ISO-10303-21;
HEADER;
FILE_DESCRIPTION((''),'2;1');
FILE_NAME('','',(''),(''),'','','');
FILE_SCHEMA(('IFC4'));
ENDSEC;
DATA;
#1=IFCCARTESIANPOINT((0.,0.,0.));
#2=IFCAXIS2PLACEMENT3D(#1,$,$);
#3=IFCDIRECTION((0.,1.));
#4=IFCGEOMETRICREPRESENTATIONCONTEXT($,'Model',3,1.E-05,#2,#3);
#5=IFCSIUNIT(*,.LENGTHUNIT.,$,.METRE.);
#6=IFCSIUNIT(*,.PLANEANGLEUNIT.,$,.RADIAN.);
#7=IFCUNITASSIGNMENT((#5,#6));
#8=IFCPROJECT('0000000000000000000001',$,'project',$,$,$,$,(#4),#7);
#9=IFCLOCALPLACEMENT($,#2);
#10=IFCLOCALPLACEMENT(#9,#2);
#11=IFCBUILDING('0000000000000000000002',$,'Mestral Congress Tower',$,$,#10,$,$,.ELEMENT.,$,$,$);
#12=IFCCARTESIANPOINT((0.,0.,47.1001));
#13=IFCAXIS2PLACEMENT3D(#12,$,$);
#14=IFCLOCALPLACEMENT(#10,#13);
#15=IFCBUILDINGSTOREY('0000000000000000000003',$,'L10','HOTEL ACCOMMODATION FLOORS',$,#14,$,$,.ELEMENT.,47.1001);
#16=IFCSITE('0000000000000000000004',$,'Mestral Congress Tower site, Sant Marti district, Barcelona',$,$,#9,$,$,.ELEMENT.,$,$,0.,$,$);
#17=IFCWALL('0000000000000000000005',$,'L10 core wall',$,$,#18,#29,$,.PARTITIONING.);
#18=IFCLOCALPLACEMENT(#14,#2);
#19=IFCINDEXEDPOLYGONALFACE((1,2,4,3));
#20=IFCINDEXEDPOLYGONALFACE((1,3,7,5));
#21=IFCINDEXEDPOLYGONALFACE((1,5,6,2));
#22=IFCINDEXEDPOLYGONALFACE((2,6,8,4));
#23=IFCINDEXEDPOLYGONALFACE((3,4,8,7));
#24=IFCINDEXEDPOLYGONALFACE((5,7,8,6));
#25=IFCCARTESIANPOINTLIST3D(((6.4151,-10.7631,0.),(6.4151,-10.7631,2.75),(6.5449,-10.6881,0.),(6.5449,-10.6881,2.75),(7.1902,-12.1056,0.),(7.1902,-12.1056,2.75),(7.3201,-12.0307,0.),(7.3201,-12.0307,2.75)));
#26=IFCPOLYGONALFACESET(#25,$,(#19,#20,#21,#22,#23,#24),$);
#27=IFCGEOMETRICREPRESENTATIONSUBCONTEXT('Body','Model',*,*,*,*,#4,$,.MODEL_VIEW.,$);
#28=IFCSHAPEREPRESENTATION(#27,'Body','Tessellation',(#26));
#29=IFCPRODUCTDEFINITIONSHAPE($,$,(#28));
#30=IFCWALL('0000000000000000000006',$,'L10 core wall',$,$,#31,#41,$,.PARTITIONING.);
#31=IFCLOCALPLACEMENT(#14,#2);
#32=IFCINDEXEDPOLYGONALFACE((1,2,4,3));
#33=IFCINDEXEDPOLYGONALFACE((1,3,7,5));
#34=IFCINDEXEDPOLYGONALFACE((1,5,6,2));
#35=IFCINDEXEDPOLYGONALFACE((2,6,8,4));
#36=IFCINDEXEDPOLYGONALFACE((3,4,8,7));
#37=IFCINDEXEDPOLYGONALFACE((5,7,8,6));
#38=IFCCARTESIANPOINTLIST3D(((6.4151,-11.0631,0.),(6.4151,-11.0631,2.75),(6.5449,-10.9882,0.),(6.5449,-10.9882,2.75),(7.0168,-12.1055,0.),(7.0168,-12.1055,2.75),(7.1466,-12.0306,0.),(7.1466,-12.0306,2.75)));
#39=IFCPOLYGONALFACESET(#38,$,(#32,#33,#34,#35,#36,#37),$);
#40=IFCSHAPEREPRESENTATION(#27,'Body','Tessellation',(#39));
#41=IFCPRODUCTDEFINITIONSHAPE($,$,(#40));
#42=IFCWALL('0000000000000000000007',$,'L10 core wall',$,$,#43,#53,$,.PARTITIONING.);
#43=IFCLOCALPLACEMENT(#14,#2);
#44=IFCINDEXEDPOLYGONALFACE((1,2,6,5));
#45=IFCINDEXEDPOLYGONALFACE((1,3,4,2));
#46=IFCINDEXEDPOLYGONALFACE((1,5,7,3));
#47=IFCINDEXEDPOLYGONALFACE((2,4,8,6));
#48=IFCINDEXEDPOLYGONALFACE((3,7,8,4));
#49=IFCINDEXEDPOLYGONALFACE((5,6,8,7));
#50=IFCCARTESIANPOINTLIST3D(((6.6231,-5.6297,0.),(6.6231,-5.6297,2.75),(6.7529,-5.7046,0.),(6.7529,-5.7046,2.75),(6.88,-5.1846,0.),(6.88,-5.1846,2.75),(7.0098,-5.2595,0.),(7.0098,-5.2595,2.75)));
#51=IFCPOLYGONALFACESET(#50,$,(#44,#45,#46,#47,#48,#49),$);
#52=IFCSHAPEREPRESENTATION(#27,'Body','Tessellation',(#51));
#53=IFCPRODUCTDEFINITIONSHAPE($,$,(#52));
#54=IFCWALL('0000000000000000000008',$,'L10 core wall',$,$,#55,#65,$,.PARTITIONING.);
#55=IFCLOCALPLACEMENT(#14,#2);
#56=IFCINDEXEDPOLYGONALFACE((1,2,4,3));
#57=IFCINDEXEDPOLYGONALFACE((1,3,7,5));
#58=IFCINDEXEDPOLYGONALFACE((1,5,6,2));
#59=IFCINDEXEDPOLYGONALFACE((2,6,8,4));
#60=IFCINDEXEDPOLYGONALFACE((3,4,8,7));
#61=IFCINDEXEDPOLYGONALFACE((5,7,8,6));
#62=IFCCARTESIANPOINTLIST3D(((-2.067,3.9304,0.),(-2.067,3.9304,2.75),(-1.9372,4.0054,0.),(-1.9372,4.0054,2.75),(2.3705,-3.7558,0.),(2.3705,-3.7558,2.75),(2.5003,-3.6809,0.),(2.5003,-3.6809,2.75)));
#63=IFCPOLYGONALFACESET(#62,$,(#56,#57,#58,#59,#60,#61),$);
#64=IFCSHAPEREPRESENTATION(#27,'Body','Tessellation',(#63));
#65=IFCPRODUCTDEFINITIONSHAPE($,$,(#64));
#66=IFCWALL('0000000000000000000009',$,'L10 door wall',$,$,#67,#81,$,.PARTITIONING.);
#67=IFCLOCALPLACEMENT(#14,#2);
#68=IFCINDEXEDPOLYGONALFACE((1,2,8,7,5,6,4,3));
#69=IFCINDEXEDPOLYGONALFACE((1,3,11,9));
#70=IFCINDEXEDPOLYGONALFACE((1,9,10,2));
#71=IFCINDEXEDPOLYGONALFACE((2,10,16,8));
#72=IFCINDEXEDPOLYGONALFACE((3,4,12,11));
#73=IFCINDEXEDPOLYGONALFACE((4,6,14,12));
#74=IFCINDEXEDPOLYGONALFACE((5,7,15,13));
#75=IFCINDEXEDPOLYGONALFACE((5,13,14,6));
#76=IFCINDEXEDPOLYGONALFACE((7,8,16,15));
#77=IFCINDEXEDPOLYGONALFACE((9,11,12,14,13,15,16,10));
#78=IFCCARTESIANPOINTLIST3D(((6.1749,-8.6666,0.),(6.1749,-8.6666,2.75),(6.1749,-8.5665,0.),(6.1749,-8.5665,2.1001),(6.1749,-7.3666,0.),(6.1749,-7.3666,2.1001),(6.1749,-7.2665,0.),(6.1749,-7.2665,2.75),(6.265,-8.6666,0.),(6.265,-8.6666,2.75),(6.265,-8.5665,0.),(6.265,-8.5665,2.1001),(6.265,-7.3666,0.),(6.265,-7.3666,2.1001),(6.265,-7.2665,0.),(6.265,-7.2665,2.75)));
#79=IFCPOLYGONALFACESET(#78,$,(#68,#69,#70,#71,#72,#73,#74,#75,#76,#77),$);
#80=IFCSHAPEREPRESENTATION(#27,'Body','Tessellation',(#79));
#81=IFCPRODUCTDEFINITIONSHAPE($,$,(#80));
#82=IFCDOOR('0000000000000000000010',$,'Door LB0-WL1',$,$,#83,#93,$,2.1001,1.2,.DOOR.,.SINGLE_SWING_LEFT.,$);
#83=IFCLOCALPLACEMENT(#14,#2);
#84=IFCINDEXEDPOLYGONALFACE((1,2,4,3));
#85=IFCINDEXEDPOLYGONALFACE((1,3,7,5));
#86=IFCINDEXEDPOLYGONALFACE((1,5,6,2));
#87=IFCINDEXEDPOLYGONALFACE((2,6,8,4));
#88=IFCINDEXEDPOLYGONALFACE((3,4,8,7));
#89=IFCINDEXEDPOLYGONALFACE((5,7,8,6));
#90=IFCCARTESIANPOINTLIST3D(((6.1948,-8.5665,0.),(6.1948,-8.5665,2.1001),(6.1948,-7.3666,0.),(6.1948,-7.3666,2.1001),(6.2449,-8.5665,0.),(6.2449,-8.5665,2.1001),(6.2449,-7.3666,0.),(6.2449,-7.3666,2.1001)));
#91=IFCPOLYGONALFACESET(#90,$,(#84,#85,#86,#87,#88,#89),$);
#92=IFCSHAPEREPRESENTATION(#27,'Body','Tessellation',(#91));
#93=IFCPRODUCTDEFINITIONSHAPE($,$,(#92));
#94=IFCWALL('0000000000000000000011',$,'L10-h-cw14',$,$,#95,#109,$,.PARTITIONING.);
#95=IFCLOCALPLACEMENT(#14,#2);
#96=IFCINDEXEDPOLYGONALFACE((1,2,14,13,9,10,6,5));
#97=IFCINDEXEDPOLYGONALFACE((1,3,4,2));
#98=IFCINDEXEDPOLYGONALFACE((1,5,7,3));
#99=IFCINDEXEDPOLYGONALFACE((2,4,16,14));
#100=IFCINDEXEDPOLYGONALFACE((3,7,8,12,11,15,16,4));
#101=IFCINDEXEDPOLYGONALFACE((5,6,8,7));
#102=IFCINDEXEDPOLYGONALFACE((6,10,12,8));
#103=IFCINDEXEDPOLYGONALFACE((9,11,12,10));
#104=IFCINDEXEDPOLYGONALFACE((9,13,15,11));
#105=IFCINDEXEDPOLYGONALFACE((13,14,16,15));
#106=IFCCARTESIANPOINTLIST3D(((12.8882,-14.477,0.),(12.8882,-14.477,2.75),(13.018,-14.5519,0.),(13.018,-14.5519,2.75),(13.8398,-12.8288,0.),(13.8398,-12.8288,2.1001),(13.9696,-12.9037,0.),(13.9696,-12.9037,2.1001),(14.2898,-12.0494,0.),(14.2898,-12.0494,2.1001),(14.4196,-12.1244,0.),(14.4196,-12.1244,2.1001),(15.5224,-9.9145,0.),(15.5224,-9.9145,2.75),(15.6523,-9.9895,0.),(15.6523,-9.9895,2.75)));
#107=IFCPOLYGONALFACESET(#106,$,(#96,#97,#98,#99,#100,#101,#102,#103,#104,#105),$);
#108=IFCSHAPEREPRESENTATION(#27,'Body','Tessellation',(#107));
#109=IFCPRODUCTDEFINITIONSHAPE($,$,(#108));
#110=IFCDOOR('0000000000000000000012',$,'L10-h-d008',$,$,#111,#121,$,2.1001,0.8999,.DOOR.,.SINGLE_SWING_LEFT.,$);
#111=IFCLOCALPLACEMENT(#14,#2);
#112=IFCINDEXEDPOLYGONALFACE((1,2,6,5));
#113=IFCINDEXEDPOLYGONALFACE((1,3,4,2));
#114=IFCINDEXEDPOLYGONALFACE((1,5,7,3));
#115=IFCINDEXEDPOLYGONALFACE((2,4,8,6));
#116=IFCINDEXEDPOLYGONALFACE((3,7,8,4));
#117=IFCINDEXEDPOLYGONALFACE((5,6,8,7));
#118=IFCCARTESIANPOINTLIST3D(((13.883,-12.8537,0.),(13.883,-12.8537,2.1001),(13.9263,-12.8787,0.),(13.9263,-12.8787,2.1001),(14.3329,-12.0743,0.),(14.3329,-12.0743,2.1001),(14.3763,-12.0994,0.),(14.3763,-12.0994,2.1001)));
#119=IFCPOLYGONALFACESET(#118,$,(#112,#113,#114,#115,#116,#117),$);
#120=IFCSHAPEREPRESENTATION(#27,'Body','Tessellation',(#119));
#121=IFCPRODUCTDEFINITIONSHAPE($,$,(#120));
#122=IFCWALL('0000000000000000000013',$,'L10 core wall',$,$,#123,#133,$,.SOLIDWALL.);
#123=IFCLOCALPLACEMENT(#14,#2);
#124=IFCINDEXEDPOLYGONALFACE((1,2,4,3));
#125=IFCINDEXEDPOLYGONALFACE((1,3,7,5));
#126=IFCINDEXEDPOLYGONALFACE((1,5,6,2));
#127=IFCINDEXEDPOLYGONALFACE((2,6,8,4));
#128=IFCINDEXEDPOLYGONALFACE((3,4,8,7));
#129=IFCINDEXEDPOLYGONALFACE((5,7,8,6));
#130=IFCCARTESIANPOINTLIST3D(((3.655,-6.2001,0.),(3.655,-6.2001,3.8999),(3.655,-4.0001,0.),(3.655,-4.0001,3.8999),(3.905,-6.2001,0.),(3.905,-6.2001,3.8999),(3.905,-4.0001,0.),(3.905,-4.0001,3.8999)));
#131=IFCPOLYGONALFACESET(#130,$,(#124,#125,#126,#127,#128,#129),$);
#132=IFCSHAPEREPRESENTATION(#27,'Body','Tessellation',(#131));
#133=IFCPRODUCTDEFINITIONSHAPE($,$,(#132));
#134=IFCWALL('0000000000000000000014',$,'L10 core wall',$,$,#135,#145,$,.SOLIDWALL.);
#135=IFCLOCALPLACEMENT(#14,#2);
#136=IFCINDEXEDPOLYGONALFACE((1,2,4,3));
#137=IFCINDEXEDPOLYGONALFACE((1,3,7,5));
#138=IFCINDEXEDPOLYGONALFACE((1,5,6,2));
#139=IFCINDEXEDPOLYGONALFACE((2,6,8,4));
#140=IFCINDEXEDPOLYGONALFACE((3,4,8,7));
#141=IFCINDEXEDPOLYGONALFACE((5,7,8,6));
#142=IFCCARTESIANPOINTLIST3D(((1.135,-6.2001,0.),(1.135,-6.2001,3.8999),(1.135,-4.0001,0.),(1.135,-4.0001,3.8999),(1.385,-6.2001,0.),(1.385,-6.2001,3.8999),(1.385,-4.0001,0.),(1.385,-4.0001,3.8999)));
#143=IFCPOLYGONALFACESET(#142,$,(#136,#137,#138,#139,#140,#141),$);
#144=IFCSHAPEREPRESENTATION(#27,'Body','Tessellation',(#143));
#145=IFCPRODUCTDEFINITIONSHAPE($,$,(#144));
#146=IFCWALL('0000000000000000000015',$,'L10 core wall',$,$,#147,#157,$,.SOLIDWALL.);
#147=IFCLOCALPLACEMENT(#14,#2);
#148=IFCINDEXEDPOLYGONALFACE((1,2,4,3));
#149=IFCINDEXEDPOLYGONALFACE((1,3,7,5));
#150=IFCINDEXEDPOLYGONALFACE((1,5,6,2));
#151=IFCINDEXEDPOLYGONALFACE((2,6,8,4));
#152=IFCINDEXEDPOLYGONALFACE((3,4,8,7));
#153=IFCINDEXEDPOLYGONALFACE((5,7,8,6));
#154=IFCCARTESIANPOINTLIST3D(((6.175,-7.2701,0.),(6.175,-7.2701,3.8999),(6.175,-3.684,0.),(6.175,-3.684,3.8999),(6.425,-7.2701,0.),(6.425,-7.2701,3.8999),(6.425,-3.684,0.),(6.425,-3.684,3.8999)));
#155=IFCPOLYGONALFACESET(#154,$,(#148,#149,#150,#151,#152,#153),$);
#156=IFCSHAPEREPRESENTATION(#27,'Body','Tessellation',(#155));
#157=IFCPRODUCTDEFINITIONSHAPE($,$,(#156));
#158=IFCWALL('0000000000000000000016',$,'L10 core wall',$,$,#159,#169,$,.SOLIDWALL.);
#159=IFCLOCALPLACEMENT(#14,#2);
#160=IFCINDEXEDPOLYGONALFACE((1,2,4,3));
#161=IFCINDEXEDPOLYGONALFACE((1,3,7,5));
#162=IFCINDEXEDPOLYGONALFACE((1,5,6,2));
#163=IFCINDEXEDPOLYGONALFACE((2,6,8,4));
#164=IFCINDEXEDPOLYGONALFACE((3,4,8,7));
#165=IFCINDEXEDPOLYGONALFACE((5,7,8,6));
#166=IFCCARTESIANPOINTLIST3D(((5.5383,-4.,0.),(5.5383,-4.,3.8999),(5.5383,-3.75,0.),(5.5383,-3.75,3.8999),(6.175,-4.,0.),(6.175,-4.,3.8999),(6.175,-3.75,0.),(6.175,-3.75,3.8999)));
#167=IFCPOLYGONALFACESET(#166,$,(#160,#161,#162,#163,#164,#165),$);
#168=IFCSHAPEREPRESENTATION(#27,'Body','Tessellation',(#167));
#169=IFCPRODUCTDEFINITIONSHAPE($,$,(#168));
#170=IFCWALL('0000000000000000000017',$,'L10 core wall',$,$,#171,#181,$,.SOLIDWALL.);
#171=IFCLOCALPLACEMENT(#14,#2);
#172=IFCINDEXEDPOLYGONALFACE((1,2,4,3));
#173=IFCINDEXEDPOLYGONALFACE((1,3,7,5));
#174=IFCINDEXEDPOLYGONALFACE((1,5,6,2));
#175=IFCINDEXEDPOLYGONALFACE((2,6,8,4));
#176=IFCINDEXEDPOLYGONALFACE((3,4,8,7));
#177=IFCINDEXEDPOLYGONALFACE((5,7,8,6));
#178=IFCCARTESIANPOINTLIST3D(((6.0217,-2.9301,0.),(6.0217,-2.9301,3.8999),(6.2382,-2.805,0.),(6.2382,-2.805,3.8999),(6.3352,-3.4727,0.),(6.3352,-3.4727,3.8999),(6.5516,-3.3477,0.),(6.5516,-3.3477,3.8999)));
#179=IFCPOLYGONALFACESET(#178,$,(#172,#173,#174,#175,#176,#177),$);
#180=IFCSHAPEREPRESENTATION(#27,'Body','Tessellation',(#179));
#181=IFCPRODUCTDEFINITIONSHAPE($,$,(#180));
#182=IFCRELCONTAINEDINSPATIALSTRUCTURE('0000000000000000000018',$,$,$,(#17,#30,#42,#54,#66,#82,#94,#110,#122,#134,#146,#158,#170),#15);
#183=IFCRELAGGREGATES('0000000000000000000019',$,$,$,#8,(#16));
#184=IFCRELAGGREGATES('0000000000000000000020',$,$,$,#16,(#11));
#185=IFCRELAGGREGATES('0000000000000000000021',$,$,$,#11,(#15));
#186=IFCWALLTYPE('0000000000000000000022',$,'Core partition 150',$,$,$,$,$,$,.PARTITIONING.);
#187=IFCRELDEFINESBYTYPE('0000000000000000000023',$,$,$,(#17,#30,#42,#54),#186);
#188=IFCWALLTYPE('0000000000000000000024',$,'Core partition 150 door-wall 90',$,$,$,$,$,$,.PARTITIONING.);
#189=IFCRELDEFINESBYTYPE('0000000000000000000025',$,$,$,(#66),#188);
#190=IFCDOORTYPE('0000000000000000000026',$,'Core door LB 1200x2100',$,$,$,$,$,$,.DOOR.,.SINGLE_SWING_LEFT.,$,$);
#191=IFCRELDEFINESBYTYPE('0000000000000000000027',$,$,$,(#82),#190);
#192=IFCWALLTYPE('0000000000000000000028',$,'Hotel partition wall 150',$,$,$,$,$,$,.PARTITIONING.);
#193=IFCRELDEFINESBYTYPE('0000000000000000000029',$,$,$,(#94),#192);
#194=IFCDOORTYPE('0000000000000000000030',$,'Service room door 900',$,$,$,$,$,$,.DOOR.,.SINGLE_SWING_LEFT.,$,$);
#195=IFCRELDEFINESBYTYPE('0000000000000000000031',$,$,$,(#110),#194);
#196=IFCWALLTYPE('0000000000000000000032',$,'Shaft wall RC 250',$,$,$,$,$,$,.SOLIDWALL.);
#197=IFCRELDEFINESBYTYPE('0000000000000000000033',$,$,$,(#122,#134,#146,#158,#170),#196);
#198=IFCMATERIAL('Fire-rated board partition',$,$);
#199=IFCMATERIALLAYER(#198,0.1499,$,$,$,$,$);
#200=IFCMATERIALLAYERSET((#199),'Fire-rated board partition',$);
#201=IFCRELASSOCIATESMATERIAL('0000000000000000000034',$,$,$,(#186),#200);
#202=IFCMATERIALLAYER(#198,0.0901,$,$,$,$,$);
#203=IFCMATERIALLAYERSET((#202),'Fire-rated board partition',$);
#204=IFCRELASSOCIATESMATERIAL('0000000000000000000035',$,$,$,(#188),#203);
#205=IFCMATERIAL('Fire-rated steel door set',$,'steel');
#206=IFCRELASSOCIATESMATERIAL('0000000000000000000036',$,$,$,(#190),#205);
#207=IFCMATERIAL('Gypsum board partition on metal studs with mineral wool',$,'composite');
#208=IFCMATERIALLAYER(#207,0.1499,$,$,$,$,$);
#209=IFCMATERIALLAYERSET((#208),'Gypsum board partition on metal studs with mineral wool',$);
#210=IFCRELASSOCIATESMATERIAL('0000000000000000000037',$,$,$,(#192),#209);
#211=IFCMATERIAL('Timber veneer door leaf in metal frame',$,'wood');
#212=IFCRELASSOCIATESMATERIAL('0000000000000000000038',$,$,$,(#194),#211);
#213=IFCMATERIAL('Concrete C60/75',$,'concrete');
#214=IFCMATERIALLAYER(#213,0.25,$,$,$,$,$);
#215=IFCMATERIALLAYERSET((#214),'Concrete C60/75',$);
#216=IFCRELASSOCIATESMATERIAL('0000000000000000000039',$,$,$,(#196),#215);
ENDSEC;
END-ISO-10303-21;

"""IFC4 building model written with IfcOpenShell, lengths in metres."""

from ifc_helpers import new_model, si_unit, direction, frame, frame_2d, origin, place, context, subcontext, project, spatial, rectangle, extrude, material, layer, layer_set, type_object, element, fill, save


model = new_model("IFC4")

# Units and contexts
model_context = context("Model", 3, precision=1e-05, world=origin(), true_north=direction((0.0, 1.0)))
body_context = subcontext(model_context, "Body", "Model", "MODEL_VIEW")
ifc_project = project(units=[si_unit("LENGTHUNIT", "METRE"), si_unit("PLANEANGLEUNIT", "RADIAN")], contexts=[model_context])

# Site, building, storey
site_placement = place(None, origin())
site = spatial("IfcSite", under=ifc_project, at=site_placement, Name="Mestral Congress Tower site, Sant Marti district, Barcelona", CompositionType="ELEMENT", RefElevation=0.0)
building_placement = place(site_placement, origin())
building = spatial("IfcBuilding", under=site, at=building_placement, Name="Mestral Congress Tower", CompositionType="ELEMENT")
storey_placement = place(building_placement, frame((0.0, 0.0, 47.1001)))
storey = spatial("IfcBuildingStorey", under=building, at=storey_placement, Name="L10", Description="HOTEL ACCOMMODATION FLOORS", CompositionType="ELEMENT", Elevation=47.1001)

# Walls
ifc_material_1 = material(Name="Fire-rated board partition")
ifc_layer_1 = layer(ifc_material_1, 0.1499)
ifc_layer_set_1 = layer_set([ifc_layer_1], Name="Fire-rated board partition")
wall_type_1 = type_object("IfcWallType", Name="Core partition 150", PredefinedType="PARTITIONING", material=ifc_layer_set_1)
wall_1_placement = place(storey_placement, frame((6.48, -10.7256, 0.0), z_axis=(0.0, 0.0, 1.0), x_axis=(0.500018, -0.866015, 0.0)))
element("IfcWall", 1, at=wall_1_placement, inside=storey, type_object=wall_type_1, Name="L10 core wall", PredefinedType="PARTITIONING", context=body_context, shape_type="SweptSolid", body=[
    extrude(rectangle(XDim=1.5503, YDim=0.1499, at=frame_2d((0.7751, 0.0))), origin(), (0.0, 0.0, 1.0), 2.75),
])
wall_2_placement = place(storey_placement, frame((6.48, -11.0256, 0.0), z_axis=(0.0, 0.0, 1.0), x_axis=(0.499957, -0.86605, 0.0)))
element("IfcWall", 2, at=wall_2_placement, inside=storey, type_object=wall_type_1, Name="L10 core wall", PredefinedType="PARTITIONING", context=body_context, shape_type="SweptSolid", body=[
    extrude(rectangle(XDim=1.2036, YDim=0.1499, at=frame_2d((0.6018, 0.0))), origin(), (0.0, 0.0, 1.0), 2.75),
])
wall_3_placement = place(storey_placement, frame((6.9448, -5.2222, 0.0), z_axis=(0.0, 0.0, 1.0), x_axis=(-0.499818, -0.86613, 0.0)))
element("IfcWall", 3, at=wall_3_placement, inside=storey, type_object=wall_type_1, Name="L10 core wall", PredefinedType="PARTITIONING", context=body_context, shape_type="SweptSolid", body=[
    extrude(rectangle(XDim=0.5139, YDim=0.1499, at=frame_2d((0.2568, 0.0))), origin(), (0.0, 0.0, 1.0), 2.75),
])
wall_4_placement = place(storey_placement, frame((2.4353, -3.7183, 0.0), z_axis=(0.0, 0.0, 1.0), x_axis=(-0.499985, 0.866034, 0.0)))
element("IfcWall", 4, at=wall_4_placement, inside=storey, type_object=wall_type_1, Name="L10 core wall", PredefinedType="PARTITIONING", context=body_context, shape_type="SweptSolid", body=[
    extrude(rectangle(XDim=8.8752, YDim=0.1499, at=frame_2d((4.4375, 0.0))), origin(), (0.0, 0.0, 1.0), 2.75),
])

# Walls, openings, doors
ifc_layer_2 = layer(ifc_material_1, 0.0901)
ifc_layer_set_2 = layer_set([ifc_layer_2], Name="Fire-rated board partition")
wall_type_2 = type_object("IfcWallType", Name="Core partition 150 door-wall 90", PredefinedType="PARTITIONING", material=ifc_layer_set_2)
wall_5_placement = place(storey_placement, frame((6.22, -7.2664, 0.0), z_axis=(0.0, 0.0, 1.0), x_axis=(0.0, -1.0, 0.0)))
wall_5 = element("IfcWall", 5, at=wall_5_placement, inside=storey, type_object=wall_type_2, Name="L10 door wall", PredefinedType="PARTITIONING", context=body_context, shape_type="SweptSolid", body=[
    extrude(rectangle(XDim=1.4001, YDim=0.0901, at=frame_2d((0.7002, 0.0))), origin(), (0.0, 0.0, 1.0), 2.75),
])
opening_1_placement = place(wall_5_placement, frame((0.1001, 0.0, 0.0)))
opening_1 = element("IfcOpeningElement", 6, at=opening_1_placement, cuts=wall_5, PredefinedType="OPENING", context=body_context, shape_type="SweptSolid", body=[
    extrude(rectangle(XDim=1.2, YDim=2.1001, at=frame_2d((0.6001, 1.05))), frame((0.0, 0.0549, 0.0), z_axis=(0.0, -1.0, 0.0), x_axis=(1.0, 0.0, 0.0)), (0.0, 0.0, 1.0), 0.1101),
])
ifc_material_2 = material(Name="Fire-rated steel door set", Category="steel")
door_type_1 = type_object("IfcDoorType", Name="Core door LB 1200x2100", OperationType="SINGLE_SWING_LEFT", PredefinedType="DOOR", material=ifc_material_2)
door_1_placement = place(opening_1_placement, origin())
door_1 = element("IfcDoor", 7, at=door_1_placement, inside=storey, type_object=door_type_1, Name="Door LB0-WL1", OperationType="SINGLE_SWING_LEFT", OverallHeight=2.1001, OverallWidth=1.2, PredefinedType="DOOR", context=body_context, shape_type="SweptSolid", body=[
    extrude(rectangle(XDim=1.2, YDim=2.1001, at=frame_2d((0.6001, 1.05))), frame((0.0, 0.0249, 0.0), z_axis=(0.0, -1.0, 0.0), x_axis=(1.0, 0.0, 0.0)), (0.0, 0.0, 1.0), 0.05),
])
fill(opening_1, door_1)
ifc_material_3 = material(Name="Gypsum board partition on metal studs with mineral wool", Category="composite")
ifc_layer_3 = layer(ifc_material_3, 0.1499)
ifc_layer_set_3 = layer_set([ifc_layer_3], Name="Gypsum board partition on metal studs with mineral wool")
wall_type_3 = type_object("IfcWallType", Name="Hotel partition wall 150", PredefinedType="PARTITIONING", material=ifc_layer_set_3)
wall_6_placement = place(storey_placement, frame((15.5874, -9.9519, 0.0), z_axis=(0.0, 0.0, 1.0), x_axis=(-0.500017, -0.866016, 0.0)))
wall_6 = element("IfcWall", 8, at=wall_6_placement, inside=storey, type_object=wall_type_3, Name="L10-h-cw14", PredefinedType="PARTITIONING", context=body_context, shape_type="SweptSolid", body=[
    extrude(rectangle(XDim=5.2683, YDim=0.1499, at=frame_2d((2.6343, 0.0))), origin(), (0.0, 0.0, 1.0), 2.75),
])
opening_2_placement = place(wall_6_placement, frame((2.4653, 0.0, 0.0)))
opening_2 = element("IfcOpeningElement", 9, at=opening_2_placement, cuts=wall_6, PredefinedType="OPENING", context=body_context, shape_type="SweptSolid", body=[
    extrude(rectangle(XDim=0.8999, YDim=2.1001, at=frame_2d((0.45, 1.05))), frame((0.0, 0.085, 0.0), z_axis=(0.0, -1.0, 0.0), x_axis=(1.0, 0.0, 0.0)), (0.0, 0.0, 1.0), 0.1699),
])
ifc_material_4 = material(Name="Timber veneer door leaf in metal frame", Category="wood")
door_type_2 = type_object("IfcDoorType", Name="Service room door 900", OperationType="SINGLE_SWING_LEFT", PredefinedType="DOOR", material=ifc_material_4)
door_2_placement = place(opening_2_placement, origin())
door_2 = element("IfcDoor", 10, at=door_2_placement, inside=storey, type_object=door_type_2, Name="L10-h-d008", OperationType="SINGLE_SWING_LEFT", OverallHeight=2.1001, OverallWidth=0.8999, PredefinedType="DOOR", context=body_context, shape_type="SweptSolid", body=[
    extrude(rectangle(XDim=0.8999, YDim=2.1001, at=frame_2d((0.45, 1.05))), frame((0.0, 0.0249, 0.0), z_axis=(0.0, -1.0, 0.0), x_axis=(1.0, 0.0, 0.0)), (0.0, 0.0, 1.0), 0.05),
])
fill(opening_2, door_2)

# Walls
ifc_material_5 = material(Name="Concrete C60/75", Category="concrete")
ifc_layer_4 = layer(ifc_material_5, 0.25)
ifc_layer_set_4 = layer_set([ifc_layer_4], Name="Concrete C60/75")
wall_type_4 = type_object("IfcWallType", Name="Shaft wall RC 250", PredefinedType="SOLIDWALL", material=ifc_layer_set_4)
for number, where, z_axis, x_axis, name in (
    (11, (3.78, -4.0, 0.0), (0.0, 0.0, 1.0), (0.0, -1.0, 0.0), "L10 core wall"),
    (12, (1.26, -4.0, 0.0), (0.0, 0.0, 1.0), (0.0, -1.0, 0.0), "L10 core wall"),
):
    element("IfcWall", number, at=place(storey_placement, frame(where, z_axis=z_axis, x_axis=x_axis)), inside=storey, type_object=wall_type_4, Name=name, PredefinedType="SOLIDWALL", context=body_context, shape_type="SweptSolid", body=[
        extrude(rectangle(XDim=2.2, YDim=0.25, at=frame_2d((1.1001, 0.0))), origin(), (0.0, 0.0, 1.0), 3.8999),
    ])
wall_7_placement = place(storey_placement, frame((6.3, -7.27, 0.0), z_axis=(0.0, 0.0, 1.0), x_axis=(0.0, 1.0, 0.0)))
element("IfcWall", 13, at=wall_7_placement, inside=storey, type_object=wall_type_4, Name="L10 core wall", PredefinedType="SOLIDWALL", context=body_context, shape_type="SweptSolid", body=[
    extrude(rectangle(XDim=3.5862, YDim=0.25, at=frame_2d((1.793, 0.0))), origin(), (0.0, 0.0, 1.0), 3.8999),
])
wall_8_placement = place(storey_placement, frame((5.5383, -3.875, 0.0), z_axis=(0.0, 0.0, 1.0), x_axis=(1.0, 0.0, 0.0)))
element("IfcWall", 14, at=wall_8_placement, inside=storey, type_object=wall_type_4, Name="L10 core wall", PredefinedType="SOLIDWALL", context=body_context, shape_type="SweptSolid", body=[
    extrude(rectangle(XDim=0.6367, YDim=0.25, at=frame_2d((0.3184, 0.0))), origin(), (0.0, 0.0, 1.0), 3.8999),
])
wall_9_placement = place(storey_placement, frame((6.1299, -2.8674, 0.0), z_axis=(0.0, 0.0, 1.0), x_axis=(0.500161, -0.865933, 0.0)))
element("IfcWall", 15, at=wall_9_placement, inside=storey, type_object=wall_type_4, Name="L10 core wall", PredefinedType="SOLIDWALL", context=body_context, shape_type="SweptSolid", body=[
    extrude(rectangle(XDim=0.6267, YDim=0.25, at=frame_2d((0.3135, 0.0))), origin(), (0.0, 0.0, 1.0), 3.8999),
])

save(model, "model.ifc")
